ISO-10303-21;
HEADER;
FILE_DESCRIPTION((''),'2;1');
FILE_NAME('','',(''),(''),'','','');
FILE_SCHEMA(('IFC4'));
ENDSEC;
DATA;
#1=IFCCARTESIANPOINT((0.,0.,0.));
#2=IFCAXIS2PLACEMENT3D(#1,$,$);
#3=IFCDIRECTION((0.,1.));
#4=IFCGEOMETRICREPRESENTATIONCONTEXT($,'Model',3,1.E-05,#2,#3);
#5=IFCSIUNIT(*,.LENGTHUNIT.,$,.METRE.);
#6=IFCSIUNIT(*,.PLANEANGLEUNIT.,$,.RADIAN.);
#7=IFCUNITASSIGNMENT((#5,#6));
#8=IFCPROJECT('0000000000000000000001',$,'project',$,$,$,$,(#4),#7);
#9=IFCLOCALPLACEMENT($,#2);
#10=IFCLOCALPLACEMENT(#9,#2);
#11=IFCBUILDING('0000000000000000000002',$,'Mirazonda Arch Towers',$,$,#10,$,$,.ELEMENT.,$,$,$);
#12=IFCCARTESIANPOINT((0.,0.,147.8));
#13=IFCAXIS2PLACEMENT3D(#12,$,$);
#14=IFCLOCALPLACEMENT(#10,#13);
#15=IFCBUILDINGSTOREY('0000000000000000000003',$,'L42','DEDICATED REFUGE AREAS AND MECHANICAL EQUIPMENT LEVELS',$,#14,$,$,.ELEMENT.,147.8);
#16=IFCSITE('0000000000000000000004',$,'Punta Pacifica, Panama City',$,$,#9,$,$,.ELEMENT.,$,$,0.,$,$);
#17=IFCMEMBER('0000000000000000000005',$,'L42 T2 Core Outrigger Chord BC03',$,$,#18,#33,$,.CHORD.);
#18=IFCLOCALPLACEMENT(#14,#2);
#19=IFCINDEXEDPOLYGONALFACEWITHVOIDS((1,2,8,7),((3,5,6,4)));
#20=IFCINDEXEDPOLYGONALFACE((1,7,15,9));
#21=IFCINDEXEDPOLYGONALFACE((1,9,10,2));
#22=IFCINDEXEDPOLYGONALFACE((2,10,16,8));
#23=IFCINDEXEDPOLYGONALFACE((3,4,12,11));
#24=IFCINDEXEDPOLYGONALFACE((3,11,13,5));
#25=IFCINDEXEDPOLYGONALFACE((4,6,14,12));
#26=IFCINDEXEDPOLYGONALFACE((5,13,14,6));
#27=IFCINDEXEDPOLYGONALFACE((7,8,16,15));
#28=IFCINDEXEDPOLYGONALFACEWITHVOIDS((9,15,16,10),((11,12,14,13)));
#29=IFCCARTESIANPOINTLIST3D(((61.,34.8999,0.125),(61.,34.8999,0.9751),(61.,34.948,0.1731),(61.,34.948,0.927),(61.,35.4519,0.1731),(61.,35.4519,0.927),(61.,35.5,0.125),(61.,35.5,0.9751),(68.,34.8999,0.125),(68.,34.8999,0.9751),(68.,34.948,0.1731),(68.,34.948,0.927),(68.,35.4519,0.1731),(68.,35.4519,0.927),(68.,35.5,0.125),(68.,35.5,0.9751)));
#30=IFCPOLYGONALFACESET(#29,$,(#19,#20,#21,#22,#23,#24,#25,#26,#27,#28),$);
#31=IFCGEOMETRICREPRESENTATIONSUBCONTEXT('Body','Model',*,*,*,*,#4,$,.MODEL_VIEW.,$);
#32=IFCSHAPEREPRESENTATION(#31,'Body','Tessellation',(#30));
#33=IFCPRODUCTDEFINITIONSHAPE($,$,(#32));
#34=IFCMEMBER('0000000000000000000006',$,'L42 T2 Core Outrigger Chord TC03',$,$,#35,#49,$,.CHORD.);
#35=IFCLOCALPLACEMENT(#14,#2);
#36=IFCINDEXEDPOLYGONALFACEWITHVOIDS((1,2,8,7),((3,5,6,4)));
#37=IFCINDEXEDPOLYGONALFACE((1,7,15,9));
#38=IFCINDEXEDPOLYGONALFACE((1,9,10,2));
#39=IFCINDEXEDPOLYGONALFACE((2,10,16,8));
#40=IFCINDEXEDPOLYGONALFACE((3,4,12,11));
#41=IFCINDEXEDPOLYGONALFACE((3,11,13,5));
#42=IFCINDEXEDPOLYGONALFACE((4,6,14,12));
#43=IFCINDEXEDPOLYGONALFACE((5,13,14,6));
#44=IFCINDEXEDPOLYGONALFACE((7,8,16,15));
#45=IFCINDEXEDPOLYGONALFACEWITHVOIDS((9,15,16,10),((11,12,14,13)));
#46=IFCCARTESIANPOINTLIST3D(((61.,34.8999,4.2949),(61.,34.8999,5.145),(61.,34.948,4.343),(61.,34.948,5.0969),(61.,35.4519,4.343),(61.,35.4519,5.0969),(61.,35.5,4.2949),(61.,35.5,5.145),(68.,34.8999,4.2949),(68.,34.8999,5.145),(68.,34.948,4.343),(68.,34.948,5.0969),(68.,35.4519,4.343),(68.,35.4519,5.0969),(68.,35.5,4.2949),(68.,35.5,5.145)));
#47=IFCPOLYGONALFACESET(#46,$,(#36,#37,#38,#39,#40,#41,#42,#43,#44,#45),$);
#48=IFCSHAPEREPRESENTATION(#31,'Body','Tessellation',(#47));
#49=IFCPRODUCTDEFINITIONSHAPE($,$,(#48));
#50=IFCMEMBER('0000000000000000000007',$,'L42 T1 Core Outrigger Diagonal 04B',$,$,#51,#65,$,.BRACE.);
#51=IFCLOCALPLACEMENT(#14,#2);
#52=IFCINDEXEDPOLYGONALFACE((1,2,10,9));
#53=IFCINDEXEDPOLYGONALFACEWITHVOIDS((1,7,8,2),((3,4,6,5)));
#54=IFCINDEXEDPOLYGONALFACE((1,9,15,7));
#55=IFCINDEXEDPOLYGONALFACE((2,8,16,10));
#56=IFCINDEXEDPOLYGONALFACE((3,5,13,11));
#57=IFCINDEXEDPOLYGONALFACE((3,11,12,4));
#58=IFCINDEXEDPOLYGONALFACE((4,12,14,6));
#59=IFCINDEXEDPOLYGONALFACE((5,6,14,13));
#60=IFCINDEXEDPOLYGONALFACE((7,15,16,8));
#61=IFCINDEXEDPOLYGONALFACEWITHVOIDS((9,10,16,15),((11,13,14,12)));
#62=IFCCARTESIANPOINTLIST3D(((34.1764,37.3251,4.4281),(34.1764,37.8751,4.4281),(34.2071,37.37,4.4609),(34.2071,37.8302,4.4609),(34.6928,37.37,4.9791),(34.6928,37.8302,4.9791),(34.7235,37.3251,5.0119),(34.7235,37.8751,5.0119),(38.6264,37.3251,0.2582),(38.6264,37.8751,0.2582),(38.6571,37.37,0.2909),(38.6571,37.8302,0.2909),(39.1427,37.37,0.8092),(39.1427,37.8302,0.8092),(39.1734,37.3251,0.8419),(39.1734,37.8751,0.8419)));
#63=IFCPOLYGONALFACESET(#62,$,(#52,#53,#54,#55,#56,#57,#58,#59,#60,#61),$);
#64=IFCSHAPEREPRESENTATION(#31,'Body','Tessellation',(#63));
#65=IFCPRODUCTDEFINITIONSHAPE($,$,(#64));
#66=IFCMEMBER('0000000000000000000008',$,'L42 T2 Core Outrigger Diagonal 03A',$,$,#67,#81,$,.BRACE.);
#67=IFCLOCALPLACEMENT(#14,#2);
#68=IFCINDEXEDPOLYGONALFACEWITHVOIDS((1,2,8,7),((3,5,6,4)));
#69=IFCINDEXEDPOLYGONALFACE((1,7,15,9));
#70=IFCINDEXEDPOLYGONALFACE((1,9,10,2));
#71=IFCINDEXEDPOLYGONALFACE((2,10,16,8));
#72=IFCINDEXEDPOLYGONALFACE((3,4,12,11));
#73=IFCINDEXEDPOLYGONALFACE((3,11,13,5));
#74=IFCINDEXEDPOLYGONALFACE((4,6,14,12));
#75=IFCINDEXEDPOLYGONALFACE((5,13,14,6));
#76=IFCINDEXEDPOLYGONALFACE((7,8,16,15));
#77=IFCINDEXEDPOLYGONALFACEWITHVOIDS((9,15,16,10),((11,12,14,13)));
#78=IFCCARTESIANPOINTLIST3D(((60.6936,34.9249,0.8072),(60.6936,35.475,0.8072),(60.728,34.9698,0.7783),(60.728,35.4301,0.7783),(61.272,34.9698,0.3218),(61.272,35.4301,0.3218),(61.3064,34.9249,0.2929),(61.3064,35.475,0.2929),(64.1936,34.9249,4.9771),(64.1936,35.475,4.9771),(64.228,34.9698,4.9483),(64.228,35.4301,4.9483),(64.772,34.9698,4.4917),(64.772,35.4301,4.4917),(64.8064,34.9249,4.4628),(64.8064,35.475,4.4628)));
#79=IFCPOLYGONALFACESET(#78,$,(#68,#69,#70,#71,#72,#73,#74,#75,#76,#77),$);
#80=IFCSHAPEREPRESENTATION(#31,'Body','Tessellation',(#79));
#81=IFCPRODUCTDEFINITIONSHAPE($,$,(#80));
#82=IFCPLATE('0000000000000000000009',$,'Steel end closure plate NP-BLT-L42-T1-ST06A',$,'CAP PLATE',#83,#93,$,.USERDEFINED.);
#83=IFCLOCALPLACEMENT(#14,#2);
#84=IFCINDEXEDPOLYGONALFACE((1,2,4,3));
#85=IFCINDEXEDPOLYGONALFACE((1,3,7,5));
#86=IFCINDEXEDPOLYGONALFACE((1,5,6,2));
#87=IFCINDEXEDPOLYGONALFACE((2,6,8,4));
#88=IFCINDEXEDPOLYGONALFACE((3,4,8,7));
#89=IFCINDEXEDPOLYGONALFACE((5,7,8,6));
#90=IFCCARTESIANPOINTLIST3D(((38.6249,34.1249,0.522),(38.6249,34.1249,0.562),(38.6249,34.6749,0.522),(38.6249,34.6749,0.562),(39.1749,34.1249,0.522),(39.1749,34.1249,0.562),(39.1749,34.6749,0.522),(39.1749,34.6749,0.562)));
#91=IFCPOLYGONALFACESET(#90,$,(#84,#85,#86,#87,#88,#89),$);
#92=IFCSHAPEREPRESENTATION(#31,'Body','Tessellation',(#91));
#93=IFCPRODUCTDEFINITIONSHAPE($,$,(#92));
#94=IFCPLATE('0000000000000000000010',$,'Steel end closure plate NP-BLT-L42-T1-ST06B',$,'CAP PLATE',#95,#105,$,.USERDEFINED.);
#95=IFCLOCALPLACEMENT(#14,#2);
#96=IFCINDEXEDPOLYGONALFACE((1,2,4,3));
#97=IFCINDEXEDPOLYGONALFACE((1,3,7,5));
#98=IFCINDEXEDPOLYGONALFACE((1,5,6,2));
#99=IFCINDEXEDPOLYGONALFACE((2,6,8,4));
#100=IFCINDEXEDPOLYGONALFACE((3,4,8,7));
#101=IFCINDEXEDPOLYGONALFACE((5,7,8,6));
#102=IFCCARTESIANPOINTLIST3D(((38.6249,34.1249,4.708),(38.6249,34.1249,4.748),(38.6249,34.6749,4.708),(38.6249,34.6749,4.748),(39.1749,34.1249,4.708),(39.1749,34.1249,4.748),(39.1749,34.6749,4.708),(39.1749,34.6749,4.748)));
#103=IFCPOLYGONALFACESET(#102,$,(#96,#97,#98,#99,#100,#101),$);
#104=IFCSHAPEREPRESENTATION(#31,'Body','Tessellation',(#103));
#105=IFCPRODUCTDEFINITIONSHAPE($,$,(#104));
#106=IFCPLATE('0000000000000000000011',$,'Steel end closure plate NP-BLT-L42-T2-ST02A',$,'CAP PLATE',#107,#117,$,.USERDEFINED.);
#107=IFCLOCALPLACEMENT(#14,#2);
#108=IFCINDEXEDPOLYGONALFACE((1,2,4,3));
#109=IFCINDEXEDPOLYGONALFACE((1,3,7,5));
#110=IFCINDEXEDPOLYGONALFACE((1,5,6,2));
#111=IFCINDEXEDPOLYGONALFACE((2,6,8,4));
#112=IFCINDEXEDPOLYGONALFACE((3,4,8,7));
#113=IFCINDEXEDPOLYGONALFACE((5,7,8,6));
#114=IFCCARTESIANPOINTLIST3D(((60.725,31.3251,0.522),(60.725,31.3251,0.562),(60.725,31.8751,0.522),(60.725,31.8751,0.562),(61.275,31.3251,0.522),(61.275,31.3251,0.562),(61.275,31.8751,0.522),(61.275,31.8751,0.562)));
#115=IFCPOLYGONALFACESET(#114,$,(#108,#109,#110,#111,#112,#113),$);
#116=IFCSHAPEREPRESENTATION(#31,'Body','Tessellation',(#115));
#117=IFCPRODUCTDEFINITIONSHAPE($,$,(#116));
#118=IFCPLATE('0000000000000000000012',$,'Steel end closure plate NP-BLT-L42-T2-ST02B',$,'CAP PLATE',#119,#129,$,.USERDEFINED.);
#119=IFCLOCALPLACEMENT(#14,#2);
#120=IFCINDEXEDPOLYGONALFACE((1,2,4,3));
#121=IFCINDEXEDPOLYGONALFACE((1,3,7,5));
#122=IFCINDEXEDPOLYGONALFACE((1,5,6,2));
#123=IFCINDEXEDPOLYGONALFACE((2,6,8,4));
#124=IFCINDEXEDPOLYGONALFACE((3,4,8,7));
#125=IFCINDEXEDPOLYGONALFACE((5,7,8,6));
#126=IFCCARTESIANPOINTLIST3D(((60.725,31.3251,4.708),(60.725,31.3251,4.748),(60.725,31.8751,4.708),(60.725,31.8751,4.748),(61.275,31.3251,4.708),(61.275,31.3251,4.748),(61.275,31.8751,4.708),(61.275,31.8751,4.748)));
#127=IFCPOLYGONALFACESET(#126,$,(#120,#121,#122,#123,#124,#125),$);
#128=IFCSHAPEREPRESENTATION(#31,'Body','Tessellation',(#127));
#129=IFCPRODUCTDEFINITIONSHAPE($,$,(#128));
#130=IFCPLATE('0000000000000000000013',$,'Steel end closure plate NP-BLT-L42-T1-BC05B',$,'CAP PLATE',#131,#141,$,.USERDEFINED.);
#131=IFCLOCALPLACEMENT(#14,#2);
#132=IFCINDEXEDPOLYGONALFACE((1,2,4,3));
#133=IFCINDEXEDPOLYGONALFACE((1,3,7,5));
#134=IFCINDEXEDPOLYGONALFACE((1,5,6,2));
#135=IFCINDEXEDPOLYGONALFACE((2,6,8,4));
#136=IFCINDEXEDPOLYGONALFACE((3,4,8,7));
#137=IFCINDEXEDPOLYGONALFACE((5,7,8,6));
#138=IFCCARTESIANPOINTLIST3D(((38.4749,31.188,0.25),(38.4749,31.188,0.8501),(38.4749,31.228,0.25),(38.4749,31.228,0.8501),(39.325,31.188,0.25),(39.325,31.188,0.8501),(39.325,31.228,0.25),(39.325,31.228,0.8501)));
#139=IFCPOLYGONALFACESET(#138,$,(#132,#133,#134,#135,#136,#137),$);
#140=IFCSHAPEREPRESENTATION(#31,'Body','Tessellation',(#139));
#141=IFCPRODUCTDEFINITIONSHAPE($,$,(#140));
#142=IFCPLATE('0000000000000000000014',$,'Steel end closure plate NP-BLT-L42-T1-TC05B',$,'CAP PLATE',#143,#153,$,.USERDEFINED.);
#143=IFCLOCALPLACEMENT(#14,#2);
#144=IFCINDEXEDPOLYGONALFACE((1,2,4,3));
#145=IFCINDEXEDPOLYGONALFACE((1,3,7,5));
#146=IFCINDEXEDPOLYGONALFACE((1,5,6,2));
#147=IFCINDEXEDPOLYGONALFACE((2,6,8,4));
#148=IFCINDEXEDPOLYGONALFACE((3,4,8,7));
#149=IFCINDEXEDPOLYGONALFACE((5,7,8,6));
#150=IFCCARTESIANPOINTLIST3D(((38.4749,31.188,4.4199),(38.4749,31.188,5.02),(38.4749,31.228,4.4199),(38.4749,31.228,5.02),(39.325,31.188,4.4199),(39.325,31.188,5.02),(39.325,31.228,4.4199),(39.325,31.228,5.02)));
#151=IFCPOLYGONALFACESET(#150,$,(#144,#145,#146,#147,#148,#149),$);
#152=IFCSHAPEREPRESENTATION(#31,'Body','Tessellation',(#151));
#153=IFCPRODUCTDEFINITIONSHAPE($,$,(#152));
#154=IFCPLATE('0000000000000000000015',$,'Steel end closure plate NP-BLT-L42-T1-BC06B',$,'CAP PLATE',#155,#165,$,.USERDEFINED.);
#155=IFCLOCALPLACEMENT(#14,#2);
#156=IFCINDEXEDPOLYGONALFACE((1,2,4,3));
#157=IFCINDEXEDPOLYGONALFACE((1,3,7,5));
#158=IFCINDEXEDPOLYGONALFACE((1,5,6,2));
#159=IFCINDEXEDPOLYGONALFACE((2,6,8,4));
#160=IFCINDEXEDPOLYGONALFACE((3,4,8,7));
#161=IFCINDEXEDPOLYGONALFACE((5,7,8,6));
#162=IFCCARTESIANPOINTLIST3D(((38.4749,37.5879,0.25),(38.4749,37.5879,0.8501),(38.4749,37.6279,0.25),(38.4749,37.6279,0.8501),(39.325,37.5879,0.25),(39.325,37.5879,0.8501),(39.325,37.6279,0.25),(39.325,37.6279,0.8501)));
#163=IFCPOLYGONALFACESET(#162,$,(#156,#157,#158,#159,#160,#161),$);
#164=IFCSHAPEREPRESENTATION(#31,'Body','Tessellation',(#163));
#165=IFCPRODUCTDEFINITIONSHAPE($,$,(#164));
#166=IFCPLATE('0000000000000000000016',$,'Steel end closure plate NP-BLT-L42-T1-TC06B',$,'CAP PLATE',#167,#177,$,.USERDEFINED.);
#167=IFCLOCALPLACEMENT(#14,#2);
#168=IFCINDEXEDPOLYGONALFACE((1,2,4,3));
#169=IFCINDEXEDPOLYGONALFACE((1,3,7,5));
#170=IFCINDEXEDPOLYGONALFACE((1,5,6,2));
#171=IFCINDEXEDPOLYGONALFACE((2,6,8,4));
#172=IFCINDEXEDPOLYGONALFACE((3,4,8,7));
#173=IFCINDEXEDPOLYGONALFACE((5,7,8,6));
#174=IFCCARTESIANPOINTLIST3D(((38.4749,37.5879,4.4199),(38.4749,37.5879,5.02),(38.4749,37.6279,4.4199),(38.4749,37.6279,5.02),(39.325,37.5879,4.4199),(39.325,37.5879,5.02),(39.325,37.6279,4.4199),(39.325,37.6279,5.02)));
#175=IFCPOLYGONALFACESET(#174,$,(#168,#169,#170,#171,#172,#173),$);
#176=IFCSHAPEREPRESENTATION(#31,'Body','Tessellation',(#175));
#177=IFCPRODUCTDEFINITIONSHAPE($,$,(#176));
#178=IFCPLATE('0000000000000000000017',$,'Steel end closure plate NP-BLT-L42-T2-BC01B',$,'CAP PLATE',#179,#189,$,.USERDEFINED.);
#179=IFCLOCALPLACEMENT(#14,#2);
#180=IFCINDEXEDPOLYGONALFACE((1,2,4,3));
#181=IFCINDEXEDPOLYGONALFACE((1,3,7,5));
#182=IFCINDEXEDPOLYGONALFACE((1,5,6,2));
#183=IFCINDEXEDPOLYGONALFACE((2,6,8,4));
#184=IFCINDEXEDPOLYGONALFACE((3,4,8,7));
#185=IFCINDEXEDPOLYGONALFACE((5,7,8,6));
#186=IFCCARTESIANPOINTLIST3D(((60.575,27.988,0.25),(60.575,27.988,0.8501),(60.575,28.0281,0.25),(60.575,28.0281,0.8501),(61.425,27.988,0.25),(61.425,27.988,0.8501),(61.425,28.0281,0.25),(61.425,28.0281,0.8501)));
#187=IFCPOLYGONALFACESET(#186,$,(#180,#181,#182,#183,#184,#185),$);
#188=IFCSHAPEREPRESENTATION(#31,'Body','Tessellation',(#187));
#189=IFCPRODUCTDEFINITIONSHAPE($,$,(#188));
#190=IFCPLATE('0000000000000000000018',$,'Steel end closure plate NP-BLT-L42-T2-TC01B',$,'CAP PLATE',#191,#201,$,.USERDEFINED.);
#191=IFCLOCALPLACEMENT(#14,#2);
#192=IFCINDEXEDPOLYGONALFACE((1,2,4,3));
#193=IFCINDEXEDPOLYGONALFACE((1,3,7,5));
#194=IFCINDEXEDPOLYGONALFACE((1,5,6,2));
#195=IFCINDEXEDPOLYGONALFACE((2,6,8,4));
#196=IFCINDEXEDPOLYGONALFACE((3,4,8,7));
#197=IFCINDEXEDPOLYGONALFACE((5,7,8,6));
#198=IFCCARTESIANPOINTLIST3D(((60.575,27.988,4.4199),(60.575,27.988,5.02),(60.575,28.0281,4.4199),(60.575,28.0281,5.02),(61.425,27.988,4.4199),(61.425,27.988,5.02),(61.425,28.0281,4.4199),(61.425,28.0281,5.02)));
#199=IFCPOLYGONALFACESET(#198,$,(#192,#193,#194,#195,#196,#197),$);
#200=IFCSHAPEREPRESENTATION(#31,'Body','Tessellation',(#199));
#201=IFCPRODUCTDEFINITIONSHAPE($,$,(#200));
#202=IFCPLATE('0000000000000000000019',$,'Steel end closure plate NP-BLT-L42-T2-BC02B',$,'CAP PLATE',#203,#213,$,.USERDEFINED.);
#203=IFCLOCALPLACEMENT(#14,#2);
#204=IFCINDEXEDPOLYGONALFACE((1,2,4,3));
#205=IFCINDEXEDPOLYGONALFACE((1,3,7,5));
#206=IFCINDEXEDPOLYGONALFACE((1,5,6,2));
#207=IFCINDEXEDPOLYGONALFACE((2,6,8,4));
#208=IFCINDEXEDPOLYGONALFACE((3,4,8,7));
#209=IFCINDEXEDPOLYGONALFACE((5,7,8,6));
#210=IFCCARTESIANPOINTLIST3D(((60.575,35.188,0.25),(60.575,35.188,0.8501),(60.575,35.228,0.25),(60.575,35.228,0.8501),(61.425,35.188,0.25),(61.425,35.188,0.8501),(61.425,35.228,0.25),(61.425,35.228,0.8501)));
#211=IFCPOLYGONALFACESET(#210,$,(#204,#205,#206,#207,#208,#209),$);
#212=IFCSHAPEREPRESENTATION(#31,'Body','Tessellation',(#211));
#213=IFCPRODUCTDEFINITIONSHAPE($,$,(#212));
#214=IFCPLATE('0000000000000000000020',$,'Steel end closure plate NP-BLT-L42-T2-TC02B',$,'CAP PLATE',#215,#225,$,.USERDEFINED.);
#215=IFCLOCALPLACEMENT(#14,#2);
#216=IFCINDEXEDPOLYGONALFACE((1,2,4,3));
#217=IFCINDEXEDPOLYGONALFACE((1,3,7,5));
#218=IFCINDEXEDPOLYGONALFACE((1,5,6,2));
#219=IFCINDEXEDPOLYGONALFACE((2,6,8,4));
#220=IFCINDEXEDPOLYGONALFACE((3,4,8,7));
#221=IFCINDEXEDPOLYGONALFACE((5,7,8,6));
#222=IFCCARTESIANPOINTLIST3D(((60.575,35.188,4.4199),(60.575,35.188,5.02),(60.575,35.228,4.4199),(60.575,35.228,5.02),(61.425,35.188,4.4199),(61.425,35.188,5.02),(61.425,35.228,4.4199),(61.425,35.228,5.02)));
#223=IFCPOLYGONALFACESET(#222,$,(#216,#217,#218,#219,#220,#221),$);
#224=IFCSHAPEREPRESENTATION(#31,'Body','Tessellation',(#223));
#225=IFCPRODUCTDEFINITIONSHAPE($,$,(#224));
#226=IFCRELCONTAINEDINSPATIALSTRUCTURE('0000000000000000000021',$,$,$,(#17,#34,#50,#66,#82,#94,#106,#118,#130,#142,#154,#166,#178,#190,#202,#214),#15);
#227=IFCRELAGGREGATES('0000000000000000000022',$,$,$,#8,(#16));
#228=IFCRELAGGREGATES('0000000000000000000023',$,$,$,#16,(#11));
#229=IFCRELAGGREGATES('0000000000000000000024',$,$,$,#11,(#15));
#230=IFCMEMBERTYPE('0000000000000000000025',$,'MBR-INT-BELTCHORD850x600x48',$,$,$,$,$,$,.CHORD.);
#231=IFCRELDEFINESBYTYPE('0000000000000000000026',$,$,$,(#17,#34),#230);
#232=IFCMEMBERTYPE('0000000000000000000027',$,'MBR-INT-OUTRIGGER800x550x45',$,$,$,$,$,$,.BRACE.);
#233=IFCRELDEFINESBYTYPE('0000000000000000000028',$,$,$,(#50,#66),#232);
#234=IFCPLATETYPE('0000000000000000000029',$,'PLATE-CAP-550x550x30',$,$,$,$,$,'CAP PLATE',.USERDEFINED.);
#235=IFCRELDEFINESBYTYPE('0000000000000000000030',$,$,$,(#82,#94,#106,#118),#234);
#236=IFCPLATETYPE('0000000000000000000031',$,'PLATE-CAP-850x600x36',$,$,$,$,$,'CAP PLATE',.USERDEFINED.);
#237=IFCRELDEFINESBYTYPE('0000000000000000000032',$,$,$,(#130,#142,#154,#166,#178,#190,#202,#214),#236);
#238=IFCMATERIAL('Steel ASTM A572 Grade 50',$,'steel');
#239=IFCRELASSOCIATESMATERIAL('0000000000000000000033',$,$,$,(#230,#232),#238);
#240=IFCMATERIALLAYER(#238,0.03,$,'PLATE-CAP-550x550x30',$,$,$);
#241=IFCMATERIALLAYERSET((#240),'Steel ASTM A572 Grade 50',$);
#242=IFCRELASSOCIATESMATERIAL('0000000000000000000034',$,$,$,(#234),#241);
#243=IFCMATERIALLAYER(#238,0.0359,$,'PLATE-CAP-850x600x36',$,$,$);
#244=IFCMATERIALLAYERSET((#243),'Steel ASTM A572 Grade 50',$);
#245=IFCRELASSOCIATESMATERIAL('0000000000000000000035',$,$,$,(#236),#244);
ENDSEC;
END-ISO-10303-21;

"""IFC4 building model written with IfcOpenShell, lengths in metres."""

from ifc_helpers import new_model, si_unit, direction, frame, origin, origin_2d, place, context, subcontext, project, spatial, rectangle, hollow_rectangle, extrude, material, layer, layer_set, material_profile, profile_set, type_object, element, save


model = new_model("IFC4")

# Units and contexts
model_context = context("Model", 3, precision=1e-05, world=origin(), true_north=direction((0.0, 1.0)))
body_context = subcontext(model_context, "Body", "Model", "MODEL_VIEW")
ifc_project = project(units=[si_unit("LENGTHUNIT", "METRE"), si_unit("PLANEANGLEUNIT", "RADIAN")], contexts=[model_context])

# Site, building, storey
site_placement = place(None, origin())
site = spatial("IfcSite", under=ifc_project, at=site_placement, Name="Punta Pacifica, Panama City", CompositionType="ELEMENT", RefElevation=0.0)
building_placement = place(site_placement, origin())
building = spatial("IfcBuilding", under=site, at=building_placement, Name="Mirazonda Arch Towers", CompositionType="ELEMENT")
storey_placement = place(building_placement, frame((0.0, 0.0, 147.8)))
storey = spatial("IfcBuildingStorey", under=building, at=storey_placement, Name="L42", Description="DEDICATED REFUGE AREAS AND MECHANICAL EQUIPMENT LEVELS", CompositionType="ELEMENT", Elevation=147.8)

# Shared definitions
ifc_material_1 = material(Name="Steel ASTM A572 Grade 50", Category="steel")

# Members
ifc_material_profile_1 = material_profile(ifc_material_1, hollow_rectangle(XDim=0.6001, YDim=0.8501, WallThickness=0.0481, at=origin_2d()), Name="BELTCHORD850x600x48")
ifc_profile_set_1 = profile_set([ifc_material_profile_1], Name="Steel ASTM A572 Grade 50")
member_type_1 = type_object("IfcMemberType", Name="MBR-INT-BELTCHORD850x600x48", PredefinedType="CHORD", material=ifc_profile_set_1)
for number, where, z_axis, x_axis, name in (
    (1, (61.0, 35.2, 0.55), (1.0, 0.0, 0.0), (0.0, 1.0, 0.0), "L42 T2 Core Outrigger Chord BC03"),
    (2, (61.0, 35.2, 4.72), (1.0, 0.0, 0.0), (0.0, 1.0, 0.0), "L42 T2 Core Outrigger Chord TC03"),
):
    element("IfcMember", number, at=place(storey_placement, frame(where, z_axis=z_axis, x_axis=x_axis)), inside=storey, type_object=member_type_1, Name=name, PredefinedType="CHORD", context=body_context, shape_type="SweptSolid", body=[
        extrude(hollow_rectangle(XDim=0.6001, YDim=0.8501, WallThickness=0.0481, at=origin_2d()), origin(), (0.0, 0.0, 1.0), 7.0),
    ])
ifc_material_profile_2 = material_profile(ifc_material_1, hollow_rectangle(XDim=0.55, YDim=0.8, WallThickness=0.0449, at=origin_2d()), Name="OUTRIGGER800x550x45")
ifc_profile_set_2 = profile_set([ifc_material_profile_2], Name="Steel ASTM A572 Grade 50")
member_type_2 = type_object("IfcMemberType", Name="MBR-INT-OUTRIGGER800x550x45", PredefinedType="BRACE", material=ifc_profile_set_2)
member_1_placement = place(storey_placement, frame((38.8999, 37.6001, 0.55), z_axis=(-0.729693, 0.0, 0.683775), x_axis=(0.0, -1.0, 0.0)))
element("IfcMember", 3, at=member_1_placement, inside=storey, type_object=member_type_2, Name="L42 T1 Core Outrigger Diagonal 04B", PredefinedType="BRACE", context=body_context, shape_type="SweptSolid", body=[
    extrude(hollow_rectangle(XDim=0.55, YDim=0.8, WallThickness=0.0449, at=origin_2d()), origin(), (0.0, 0.0, 1.0), 6.0984),
])
member_2_placement = place(storey_placement, frame((61.0, 35.2, 0.55), z_axis=(0.642898, 0.0, 0.765952), x_axis=(0.0, 1.0, 0.0)))
element("IfcMember", 4, at=member_2_placement, inside=storey, type_object=member_type_2, Name="L42 T2 Core Outrigger Diagonal 03A", PredefinedType="BRACE", context=body_context, shape_type="SweptSolid", body=[
    extrude(hollow_rectangle(XDim=0.55, YDim=0.8, WallThickness=0.0449, at=origin_2d()), origin(), (0.0, 0.0, 1.0), 5.4441),
])

# Plates
ifc_layer_1 = layer(ifc_material_1, 0.03, Name="PLATE-CAP-550x550x30")
ifc_layer_set_1 = layer_set([ifc_layer_1], Name="Steel ASTM A572 Grade 50")
plate_type_1 = type_object("IfcPlateType", Name="PLATE-CAP-550x550x30", ElementType="CAP PLATE", PredefinedType="USERDEFINED", material=ifc_layer_set_1)
for number, where, z_axis, x_axis, name in (
    (5, (38.8999, 34.3999, 0.522), (0.0, 0.0, 1.0), (1.0, 0.0, 0.0), "Steel end closure plate NP-BLT-L42-T1-ST06A"),
    (6, (38.8999, 34.3999, 4.708), (0.0, 0.0, 1.0), (1.0, 0.0, 0.0), "Steel end closure plate NP-BLT-L42-T1-ST06B"),
    (7, (61.0, 31.6001, 0.522), (0.0, 0.0, 1.0), (1.0, 0.0, 0.0), "Steel end closure plate NP-BLT-L42-T2-ST02A"),
    (8, (61.0, 31.6001, 4.708), (0.0, 0.0, 1.0), (1.0, 0.0, 0.0), "Steel end closure plate NP-BLT-L42-T2-ST02B"),
):
    element("IfcPlate", number, at=place(storey_placement, frame(where, z_axis=z_axis, x_axis=x_axis)), inside=storey, type_object=plate_type_1, Name=name, ObjectType="CAP PLATE", PredefinedType="USERDEFINED", context=body_context, shape_type="SweptSolid", body=[
        extrude(rectangle(XDim=0.55, YDim=0.55, at=origin_2d()), origin(), (0.0, 0.0, 1.0), 0.04),
    ])
ifc_layer_2 = layer(ifc_material_1, 0.0359, Name="PLATE-CAP-850x600x36")
ifc_layer_set_2 = layer_set([ifc_layer_2], Name="Steel ASTM A572 Grade 50")
plate_type_2 = type_object("IfcPlateType", Name="PLATE-CAP-850x600x36", ElementType="CAP PLATE", PredefinedType="USERDEFINED", material=ifc_layer_set_2)
for number, where, z_axis, x_axis, name in (
    (9, (38.8999, 31.208, 0.25), (0.0, 0.0, 1.0), (0.0, 1.0, 0.0), "Steel end closure plate NP-BLT-L42-T1-BC05B"),
    (10, (38.8999, 31.208, 4.4199), (0.0, 0.0, 1.0), (0.0, 1.0, 0.0), "Steel end closure plate NP-BLT-L42-T1-TC05B"),
    (11, (38.8999, 37.6079, 0.25), (0.0, 0.0, 1.0), (0.0, 1.0, 0.0), "Steel end closure plate NP-BLT-L42-T1-BC06B"),
    (12, (38.8999, 37.6079, 4.4199), (0.0, 0.0, 1.0), (0.0, 1.0, 0.0), "Steel end closure plate NP-BLT-L42-T1-TC06B"),
    (13, (61.0, 28.0081, 0.25), (0.0, 0.0, 1.0), (0.0, 1.0, 0.0), "Steel end closure plate NP-BLT-L42-T2-BC01B"),
    (14, (61.0, 28.0081, 4.4199), (0.0, 0.0, 1.0), (0.0, 1.0, 0.0), "Steel end closure plate NP-BLT-L42-T2-TC01B"),
    (15, (61.0, 35.208, 0.25), (0.0, 0.0, 1.0), (0.0, 1.0, 0.0), "Steel end closure plate NP-BLT-L42-T2-BC02B"),
    (16, (61.0, 35.208, 4.4199), (0.0, 0.0, 1.0), (0.0, 1.0, 0.0), "Steel end closure plate NP-BLT-L42-T2-TC02B"),
):
    element("IfcPlate", number, at=place(storey_placement, frame(where, z_axis=z_axis, x_axis=x_axis)), inside=storey, type_object=plate_type_2, Name=name, ObjectType="CAP PLATE", PredefinedType="USERDEFINED", context=body_context, shape_type="SweptSolid", body=[
        extrude(rectangle(XDim=0.04, YDim=0.8501, at=origin_2d()), origin(), (0.0, 0.0, 1.0), 0.6001),
    ])

save(model, "model.ifc")
